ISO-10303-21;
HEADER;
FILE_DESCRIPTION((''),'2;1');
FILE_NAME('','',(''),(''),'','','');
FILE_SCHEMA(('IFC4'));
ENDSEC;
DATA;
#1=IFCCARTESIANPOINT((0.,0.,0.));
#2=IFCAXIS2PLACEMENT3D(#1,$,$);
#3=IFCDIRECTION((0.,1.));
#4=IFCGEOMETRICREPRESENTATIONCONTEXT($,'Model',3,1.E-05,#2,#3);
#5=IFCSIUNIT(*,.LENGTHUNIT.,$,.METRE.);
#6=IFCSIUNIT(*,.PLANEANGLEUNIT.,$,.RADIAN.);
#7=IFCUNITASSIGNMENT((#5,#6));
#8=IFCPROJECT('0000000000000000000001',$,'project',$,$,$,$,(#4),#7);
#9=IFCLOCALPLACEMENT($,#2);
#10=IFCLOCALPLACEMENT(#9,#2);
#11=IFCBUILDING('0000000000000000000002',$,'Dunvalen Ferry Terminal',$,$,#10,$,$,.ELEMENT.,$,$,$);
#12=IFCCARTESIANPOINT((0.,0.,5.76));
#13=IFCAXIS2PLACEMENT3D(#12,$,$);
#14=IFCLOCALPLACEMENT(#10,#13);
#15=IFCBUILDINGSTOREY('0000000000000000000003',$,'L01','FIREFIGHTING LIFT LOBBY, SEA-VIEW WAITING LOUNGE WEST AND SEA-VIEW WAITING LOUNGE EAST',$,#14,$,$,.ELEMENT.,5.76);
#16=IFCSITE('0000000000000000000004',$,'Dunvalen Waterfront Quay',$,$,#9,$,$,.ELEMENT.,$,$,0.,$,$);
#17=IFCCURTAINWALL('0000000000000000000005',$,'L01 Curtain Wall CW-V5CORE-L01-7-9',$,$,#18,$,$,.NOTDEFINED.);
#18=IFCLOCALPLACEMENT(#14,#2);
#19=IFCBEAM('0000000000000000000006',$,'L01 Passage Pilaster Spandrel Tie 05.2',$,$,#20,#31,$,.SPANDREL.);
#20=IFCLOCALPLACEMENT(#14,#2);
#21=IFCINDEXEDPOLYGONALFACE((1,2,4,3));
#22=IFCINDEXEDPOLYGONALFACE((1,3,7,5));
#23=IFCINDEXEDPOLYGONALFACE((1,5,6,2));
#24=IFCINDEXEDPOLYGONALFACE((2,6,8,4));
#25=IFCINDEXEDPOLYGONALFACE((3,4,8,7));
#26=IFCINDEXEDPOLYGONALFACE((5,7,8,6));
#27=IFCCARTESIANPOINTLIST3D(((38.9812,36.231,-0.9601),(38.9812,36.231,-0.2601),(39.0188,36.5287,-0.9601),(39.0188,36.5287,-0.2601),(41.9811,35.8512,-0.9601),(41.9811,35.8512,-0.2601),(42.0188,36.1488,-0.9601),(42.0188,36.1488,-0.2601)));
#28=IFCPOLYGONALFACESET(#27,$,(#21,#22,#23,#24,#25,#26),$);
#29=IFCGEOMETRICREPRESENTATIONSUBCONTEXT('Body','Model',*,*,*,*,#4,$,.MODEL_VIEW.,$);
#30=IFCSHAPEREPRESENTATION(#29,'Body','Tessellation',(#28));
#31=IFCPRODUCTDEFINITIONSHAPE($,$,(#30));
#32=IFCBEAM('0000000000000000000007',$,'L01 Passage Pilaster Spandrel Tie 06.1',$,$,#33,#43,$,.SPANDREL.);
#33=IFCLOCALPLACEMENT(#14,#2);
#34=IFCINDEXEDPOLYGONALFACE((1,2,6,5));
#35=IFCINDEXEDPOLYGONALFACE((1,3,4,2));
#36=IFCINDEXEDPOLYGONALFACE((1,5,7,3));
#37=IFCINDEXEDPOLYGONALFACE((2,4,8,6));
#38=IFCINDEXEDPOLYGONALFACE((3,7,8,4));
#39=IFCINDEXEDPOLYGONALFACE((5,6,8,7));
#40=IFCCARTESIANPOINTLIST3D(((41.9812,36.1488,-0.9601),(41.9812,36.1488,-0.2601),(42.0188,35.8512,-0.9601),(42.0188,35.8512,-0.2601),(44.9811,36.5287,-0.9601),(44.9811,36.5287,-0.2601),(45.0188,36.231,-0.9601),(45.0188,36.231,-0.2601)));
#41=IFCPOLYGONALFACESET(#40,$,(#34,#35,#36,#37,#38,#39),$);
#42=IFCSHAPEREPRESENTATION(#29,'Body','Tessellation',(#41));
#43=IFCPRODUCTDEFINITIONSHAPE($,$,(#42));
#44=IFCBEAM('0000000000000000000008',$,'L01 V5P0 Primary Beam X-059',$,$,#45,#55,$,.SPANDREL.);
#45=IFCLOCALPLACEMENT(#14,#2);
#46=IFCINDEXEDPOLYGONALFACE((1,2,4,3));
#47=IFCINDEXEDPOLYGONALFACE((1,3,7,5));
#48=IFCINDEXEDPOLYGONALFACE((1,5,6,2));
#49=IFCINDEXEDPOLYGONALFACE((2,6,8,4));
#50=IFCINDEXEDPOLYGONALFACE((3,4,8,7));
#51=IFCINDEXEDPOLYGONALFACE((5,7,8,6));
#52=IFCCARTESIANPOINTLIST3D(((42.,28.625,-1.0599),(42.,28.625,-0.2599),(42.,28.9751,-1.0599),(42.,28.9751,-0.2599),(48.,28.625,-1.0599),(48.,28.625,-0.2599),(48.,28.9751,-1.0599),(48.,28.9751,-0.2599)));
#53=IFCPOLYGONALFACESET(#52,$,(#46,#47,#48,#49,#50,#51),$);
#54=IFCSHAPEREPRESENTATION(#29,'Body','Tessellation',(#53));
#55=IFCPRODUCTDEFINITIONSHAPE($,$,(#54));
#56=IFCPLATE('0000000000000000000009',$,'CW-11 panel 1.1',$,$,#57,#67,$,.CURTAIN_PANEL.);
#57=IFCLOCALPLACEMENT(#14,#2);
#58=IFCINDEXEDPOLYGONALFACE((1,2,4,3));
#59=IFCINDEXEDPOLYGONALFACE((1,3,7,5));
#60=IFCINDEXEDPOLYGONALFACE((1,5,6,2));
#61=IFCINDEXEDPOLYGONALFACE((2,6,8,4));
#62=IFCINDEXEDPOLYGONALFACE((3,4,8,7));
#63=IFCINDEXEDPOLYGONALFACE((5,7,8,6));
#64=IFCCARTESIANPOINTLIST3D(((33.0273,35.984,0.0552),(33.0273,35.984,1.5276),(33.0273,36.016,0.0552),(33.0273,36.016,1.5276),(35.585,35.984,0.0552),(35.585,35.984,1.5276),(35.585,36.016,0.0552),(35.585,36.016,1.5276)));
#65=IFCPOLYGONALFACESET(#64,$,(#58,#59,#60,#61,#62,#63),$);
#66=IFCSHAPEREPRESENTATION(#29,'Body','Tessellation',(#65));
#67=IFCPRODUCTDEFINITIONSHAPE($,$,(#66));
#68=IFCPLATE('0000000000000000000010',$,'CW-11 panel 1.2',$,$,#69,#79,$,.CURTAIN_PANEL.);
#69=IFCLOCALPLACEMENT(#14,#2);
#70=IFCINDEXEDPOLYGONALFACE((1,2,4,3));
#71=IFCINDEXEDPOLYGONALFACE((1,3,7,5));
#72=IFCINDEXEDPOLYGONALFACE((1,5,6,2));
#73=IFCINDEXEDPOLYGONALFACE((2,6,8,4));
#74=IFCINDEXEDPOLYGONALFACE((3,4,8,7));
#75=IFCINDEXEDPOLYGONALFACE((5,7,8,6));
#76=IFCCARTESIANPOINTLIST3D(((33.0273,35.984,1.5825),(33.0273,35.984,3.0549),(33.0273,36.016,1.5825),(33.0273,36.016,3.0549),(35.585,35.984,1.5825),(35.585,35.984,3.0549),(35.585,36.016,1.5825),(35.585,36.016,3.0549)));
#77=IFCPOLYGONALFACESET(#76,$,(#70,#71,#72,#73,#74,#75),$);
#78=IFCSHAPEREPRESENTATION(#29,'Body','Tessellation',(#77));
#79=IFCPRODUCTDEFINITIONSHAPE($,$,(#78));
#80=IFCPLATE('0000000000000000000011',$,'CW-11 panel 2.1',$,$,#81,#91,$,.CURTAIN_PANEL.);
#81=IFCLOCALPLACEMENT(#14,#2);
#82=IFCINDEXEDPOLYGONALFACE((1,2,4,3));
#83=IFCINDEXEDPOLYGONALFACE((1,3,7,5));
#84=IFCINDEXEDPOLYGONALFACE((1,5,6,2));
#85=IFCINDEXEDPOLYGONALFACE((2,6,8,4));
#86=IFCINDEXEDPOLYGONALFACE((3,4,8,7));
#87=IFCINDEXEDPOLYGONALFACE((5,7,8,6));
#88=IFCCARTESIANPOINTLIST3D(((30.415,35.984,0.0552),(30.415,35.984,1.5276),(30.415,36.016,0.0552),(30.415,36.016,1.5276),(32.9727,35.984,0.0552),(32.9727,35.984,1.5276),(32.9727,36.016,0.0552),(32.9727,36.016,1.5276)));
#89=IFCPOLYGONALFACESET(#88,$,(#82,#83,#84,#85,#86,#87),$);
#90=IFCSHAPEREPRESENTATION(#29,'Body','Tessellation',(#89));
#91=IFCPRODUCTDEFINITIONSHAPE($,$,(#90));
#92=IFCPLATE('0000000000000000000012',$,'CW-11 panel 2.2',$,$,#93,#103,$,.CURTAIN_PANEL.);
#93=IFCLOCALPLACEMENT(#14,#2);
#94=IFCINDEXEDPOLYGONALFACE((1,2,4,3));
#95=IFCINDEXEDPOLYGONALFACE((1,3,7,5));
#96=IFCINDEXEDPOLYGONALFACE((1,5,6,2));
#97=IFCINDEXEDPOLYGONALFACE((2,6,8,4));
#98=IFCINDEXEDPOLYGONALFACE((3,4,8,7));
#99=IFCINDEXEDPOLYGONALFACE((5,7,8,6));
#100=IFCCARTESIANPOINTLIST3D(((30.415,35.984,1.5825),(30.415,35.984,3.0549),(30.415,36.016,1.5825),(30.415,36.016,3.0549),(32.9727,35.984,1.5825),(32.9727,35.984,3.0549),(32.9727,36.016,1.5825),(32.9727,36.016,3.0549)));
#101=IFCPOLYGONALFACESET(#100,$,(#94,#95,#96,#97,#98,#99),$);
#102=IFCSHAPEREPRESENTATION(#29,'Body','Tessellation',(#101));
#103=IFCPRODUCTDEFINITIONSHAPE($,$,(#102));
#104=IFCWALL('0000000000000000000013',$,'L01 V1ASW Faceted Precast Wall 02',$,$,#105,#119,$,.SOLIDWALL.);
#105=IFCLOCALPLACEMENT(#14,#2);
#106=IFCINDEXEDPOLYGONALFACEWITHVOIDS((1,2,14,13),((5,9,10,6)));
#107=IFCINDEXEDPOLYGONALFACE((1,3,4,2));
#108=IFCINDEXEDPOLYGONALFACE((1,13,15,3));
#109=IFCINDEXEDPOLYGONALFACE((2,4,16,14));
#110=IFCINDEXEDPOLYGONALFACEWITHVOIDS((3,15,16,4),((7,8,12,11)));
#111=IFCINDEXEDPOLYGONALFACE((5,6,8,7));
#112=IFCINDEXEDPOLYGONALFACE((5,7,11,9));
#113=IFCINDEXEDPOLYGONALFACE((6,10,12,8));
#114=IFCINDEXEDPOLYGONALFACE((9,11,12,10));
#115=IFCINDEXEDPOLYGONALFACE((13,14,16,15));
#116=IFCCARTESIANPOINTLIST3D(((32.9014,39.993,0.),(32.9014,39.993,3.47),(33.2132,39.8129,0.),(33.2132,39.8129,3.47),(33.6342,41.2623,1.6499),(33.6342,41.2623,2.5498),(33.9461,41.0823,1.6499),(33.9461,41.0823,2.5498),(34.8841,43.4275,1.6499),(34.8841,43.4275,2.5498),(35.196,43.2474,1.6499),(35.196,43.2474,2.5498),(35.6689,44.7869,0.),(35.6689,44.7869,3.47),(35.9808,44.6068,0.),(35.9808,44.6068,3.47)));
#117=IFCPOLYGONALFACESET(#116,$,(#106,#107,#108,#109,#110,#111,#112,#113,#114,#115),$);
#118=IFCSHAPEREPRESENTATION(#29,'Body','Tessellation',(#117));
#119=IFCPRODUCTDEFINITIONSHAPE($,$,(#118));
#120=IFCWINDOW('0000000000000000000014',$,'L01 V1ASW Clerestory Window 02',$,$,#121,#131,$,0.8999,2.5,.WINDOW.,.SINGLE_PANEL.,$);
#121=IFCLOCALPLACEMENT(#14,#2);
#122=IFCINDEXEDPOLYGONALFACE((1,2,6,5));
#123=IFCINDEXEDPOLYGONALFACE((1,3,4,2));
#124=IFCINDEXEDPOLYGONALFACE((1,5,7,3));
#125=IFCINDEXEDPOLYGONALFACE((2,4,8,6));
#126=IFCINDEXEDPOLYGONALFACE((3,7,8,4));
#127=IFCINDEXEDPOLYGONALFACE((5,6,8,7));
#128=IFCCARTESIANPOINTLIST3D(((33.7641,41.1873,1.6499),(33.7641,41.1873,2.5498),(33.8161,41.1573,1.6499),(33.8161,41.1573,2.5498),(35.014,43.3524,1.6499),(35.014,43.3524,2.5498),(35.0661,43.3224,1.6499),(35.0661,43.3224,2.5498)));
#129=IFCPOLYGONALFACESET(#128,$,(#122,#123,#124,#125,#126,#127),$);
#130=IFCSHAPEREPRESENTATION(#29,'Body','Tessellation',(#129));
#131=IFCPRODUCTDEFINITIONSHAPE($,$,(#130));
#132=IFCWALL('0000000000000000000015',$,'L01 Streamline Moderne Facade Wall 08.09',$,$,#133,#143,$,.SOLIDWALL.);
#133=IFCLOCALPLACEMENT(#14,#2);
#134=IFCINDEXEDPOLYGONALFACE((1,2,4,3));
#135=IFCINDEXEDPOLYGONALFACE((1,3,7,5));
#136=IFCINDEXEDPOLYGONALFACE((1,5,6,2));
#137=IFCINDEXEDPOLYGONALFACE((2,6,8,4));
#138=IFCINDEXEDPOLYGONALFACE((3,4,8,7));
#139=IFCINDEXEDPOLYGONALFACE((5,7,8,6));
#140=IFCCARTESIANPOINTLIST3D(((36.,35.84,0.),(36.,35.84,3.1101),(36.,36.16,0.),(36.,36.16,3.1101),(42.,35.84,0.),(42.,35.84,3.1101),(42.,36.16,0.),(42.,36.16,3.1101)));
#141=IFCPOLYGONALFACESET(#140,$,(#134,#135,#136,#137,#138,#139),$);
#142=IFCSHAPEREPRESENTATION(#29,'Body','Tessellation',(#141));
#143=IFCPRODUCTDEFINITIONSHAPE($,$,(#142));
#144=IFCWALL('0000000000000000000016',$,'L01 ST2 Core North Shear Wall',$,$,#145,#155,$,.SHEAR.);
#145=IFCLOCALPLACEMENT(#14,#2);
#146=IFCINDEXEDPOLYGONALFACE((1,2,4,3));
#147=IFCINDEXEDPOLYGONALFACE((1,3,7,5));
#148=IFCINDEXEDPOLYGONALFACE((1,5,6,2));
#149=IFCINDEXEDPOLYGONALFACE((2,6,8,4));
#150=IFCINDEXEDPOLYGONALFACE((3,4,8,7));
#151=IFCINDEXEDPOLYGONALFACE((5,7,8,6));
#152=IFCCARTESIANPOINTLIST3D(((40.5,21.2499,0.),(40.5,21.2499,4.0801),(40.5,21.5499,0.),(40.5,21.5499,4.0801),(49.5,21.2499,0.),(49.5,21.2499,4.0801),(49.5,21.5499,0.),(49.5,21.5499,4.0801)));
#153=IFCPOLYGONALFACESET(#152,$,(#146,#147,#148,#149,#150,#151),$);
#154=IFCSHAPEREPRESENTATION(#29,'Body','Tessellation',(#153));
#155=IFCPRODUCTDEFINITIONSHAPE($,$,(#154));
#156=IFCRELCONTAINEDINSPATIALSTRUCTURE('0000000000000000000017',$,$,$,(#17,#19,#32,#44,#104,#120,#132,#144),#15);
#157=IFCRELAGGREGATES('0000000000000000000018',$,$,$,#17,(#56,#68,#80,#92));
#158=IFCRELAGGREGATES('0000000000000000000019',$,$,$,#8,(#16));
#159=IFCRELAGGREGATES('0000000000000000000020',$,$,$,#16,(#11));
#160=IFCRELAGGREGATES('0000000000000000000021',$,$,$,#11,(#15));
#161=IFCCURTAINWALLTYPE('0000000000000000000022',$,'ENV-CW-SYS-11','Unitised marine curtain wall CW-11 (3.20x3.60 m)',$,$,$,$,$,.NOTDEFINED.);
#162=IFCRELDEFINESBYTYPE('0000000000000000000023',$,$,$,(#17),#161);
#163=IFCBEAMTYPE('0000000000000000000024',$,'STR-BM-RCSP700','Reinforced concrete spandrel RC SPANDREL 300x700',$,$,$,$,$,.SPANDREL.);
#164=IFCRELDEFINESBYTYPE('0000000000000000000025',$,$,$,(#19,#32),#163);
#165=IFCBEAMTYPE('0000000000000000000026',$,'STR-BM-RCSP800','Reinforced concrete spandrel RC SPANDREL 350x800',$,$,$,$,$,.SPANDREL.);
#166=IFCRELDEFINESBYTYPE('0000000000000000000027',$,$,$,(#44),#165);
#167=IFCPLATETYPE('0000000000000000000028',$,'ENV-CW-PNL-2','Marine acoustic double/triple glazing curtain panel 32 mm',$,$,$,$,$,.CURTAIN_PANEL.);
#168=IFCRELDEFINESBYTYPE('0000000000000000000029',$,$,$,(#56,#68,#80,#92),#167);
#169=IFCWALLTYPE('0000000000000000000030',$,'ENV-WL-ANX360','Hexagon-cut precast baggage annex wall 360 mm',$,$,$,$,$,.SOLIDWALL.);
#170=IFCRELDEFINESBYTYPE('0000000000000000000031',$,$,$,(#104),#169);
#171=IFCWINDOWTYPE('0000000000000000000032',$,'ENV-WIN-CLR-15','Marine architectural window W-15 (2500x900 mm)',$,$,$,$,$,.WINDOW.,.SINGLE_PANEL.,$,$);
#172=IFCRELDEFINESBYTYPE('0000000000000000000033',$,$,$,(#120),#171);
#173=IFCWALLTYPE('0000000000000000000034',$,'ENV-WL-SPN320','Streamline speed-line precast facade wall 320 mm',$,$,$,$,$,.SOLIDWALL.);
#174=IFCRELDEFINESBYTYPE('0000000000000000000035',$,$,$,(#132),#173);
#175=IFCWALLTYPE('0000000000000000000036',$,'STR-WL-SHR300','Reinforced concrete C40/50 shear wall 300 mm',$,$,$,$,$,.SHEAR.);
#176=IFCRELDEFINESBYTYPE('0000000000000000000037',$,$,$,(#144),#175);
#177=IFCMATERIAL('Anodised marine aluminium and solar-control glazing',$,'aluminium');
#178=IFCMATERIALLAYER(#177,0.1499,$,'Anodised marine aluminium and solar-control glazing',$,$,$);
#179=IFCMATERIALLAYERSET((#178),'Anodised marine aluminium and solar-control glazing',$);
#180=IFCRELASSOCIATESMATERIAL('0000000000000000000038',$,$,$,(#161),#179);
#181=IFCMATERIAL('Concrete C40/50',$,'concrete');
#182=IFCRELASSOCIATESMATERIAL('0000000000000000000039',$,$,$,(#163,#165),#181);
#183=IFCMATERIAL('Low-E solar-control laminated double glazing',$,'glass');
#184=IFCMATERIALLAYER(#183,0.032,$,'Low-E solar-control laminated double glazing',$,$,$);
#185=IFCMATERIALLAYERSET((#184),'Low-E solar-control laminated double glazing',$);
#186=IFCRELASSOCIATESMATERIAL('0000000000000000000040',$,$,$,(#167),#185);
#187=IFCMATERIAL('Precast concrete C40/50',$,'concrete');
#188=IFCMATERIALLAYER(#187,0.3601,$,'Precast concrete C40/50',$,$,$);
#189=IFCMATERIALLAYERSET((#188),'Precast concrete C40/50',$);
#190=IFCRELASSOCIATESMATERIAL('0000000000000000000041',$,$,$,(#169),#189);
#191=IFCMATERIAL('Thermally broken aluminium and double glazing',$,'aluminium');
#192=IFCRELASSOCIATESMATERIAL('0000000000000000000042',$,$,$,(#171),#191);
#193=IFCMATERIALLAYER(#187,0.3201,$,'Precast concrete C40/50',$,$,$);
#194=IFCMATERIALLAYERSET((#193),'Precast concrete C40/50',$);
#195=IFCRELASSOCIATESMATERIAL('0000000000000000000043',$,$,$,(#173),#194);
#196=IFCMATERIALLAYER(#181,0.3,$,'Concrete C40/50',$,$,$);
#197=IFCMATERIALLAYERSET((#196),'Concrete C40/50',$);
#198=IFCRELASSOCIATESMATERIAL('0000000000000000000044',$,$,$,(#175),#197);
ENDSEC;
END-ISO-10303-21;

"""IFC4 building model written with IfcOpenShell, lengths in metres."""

from ifc_helpers import new_model, si_unit, direction, frame, frame_2d, origin, origin_2d, place, context, subcontext, project, spatial, rectangle, extrude, material, layer, layer_set, material_profile, profile_set, type_object, element, fill, aggregate, save


model = new_model("IFC4")

# Units and contexts
model_context = context("Model", 3, precision=1e-05, world=origin(), true_north=direction((0.0, 1.0)))
body_context = subcontext(model_context, "Body", "Model", "MODEL_VIEW")
ifc_project = project(units=[si_unit("LENGTHUNIT", "METRE"), si_unit("PLANEANGLEUNIT", "RADIAN")], contexts=[model_context])

# Site, building, storey
site_placement = place(None, origin())
site = spatial("IfcSite", under=ifc_project, at=site_placement, Name="Dunvalen Waterfront Quay", CompositionType="ELEMENT", RefElevation=0.0)
building_placement = place(site_placement, origin())
building = spatial("IfcBuilding", under=site, at=building_placement, Name="Dunvalen Ferry Terminal", CompositionType="ELEMENT")
storey_placement = place(building_placement, frame((0.0, 0.0, 5.76)))
storey = spatial("IfcBuildingStorey", under=building, at=storey_placement, Name="L01", Description="FIREFIGHTING LIFT LOBBY, SEA-VIEW WAITING LOUNGE WEST AND SEA-VIEW WAITING LOUNGE EAST", CompositionType="ELEMENT", Elevation=5.76)

# Shared definitions
ifc_material_1 = material(Name="Concrete C40/50", Category="concrete")

# Shared definitions
ifc_material_2 = material(Name="Anodised marine aluminium and solar-control glazing", Category="aluminium")
ifc_layer_1 = layer(ifc_material_2, 0.1499, Name="Anodised marine aluminium and solar-control glazing")
ifc_layer_set_1 = layer_set([ifc_layer_1], Name="Anodised marine aluminium and solar-control glazing")
curtain_wall_type = type_object("IfcCurtainWallType", Name="ENV-CW-SYS-11", Description="Unitised marine curtain wall CW-11 (3.20x3.60 m)", PredefinedType="NOTDEFINED", material=ifc_layer_set_1)

# Curtain wall
curtain_wall_1_placement = place(storey_placement, origin())
curtain_wall_1 = element("IfcCurtainWall", 1, at=curtain_wall_1_placement, inside=storey, type_object=curtain_wall_type, Name="L01 Curtain Wall CW-V5CORE-L01-7-9", PredefinedType="NOTDEFINED")

# Beams
ifc_material_profile_1 = material_profile(ifc_material_1, rectangle(XDim=0.3, YDim=0.7, at=origin_2d()), Name="Concrete C40/50")
ifc_profile_set_1 = profile_set([ifc_material_profile_1], Name="Concrete C40/50")
beam_type_1 = type_object("IfcBeamType", Name="STR-BM-RCSP700", Description="Reinforced concrete spandrel RC SPANDREL 300x700", PredefinedType="SPANDREL", material=ifc_profile_set_1)
for number, where, z_axis, x_axis, name in (
    (2, (39.0, 36.3799, -0.6101), (0.992078, -0.125624, 0.0), (0.125624, 0.992078, 0.0), "L01 Passage Pilaster Spandrel Tie 05.2"),
    (3, (42.0, 36.0, -0.6101), (0.992078, 0.125624, 0.0), (-0.125624, 0.992078, 0.0), "L01 Passage Pilaster Spandrel Tie 06.1"),
):
    element("IfcBeam", number, at=place(storey_placement, frame(where, z_axis=z_axis, x_axis=x_axis)), inside=storey, type_object=beam_type_1, Name=name, PredefinedType="SPANDREL", context=body_context, shape_type="SweptSolid", body=[
        extrude(rectangle(XDim=0.3, YDim=0.7, at=origin_2d()), origin(), (0.0, 0.0, 1.0), 3.0239),
    ])
ifc_material_profile_2 = material_profile(ifc_material_1, rectangle(XDim=0.3501, YDim=0.8, at=origin_2d()), Name="Concrete C40/50")
ifc_profile_set_2 = profile_set([ifc_material_profile_2], Name="Concrete C40/50")
beam_type_2 = type_object("IfcBeamType", Name="STR-BM-RCSP800", Description="Reinforced concrete spandrel RC SPANDREL 350x800", PredefinedType="SPANDREL", material=ifc_profile_set_2)
beam_1_placement = place(storey_placement, frame((42.0, 28.8, -0.6599), z_axis=(1.0, 0.0, 0.0), x_axis=(0.0, 1.0, 0.0)))
element("IfcBeam", 4, at=beam_1_placement, inside=storey, type_object=beam_type_2, Name="L01 V5P0 Primary Beam X-059", PredefinedType="SPANDREL", context=body_context, shape_type="SweptSolid", body=[
    extrude(rectangle(XDim=0.3501, YDim=0.8, at=origin_2d()), origin(), (0.0, 0.0, 1.0), 6.0),
])

# Plates
ifc_material_3 = material(Name="Low-E solar-control laminated double glazing", Category="glass")
ifc_layer_2 = layer(ifc_material_3, 0.032, Name="Low-E solar-control laminated double glazing")
ifc_layer_set_2 = layer_set([ifc_layer_2], Name="Low-E solar-control laminated double glazing")
plate_type = type_object("IfcPlateType", Name="ENV-CW-PNL-2", Description="Marine acoustic double/triple glazing curtain panel 32 mm", PredefinedType="CURTAIN_PANEL", material=ifc_layer_set_2)
plate_1_placement = place(storey_placement, frame((34.3062, 36.0, 0.0552), z_axis=(0.0, 0.0, 1.0), x_axis=(-1.0, 0.0, 0.0)))
plate_1 = element("IfcPlate", 5, at=plate_1_placement, type_object=plate_type, Name="CW-11 panel 1.1", PredefinedType="CURTAIN_PANEL", context=body_context, shape_type="SweptSolid", body=[
    extrude(rectangle(XDim=2.5576, YDim=0.032, at=origin_2d()), origin(), (0.0, 0.0, 1.0), 1.4724),
])
plate_2_placement = place(storey_placement, frame((34.3062, 36.0, 1.5825), z_axis=(0.0, 0.0, 1.0), x_axis=(-1.0, 0.0, 0.0)))
plate_2 = element("IfcPlate", 6, at=plate_2_placement, type_object=plate_type, Name="CW-11 panel 1.2", PredefinedType="CURTAIN_PANEL", context=body_context, shape_type="SweptSolid", body=[
    extrude(rectangle(XDim=2.5576, YDim=0.032, at=origin_2d()), origin(), (0.0, 0.0, 1.0), 1.4724),
])
plate_3_placement = place(storey_placement, frame((31.6938, 36.0, 0.0552), z_axis=(0.0, 0.0, 1.0), x_axis=(-1.0, 0.0, 0.0)))
plate_3 = element("IfcPlate", 7, at=plate_3_placement, type_object=plate_type, Name="CW-11 panel 2.1", PredefinedType="CURTAIN_PANEL", context=body_context, shape_type="SweptSolid", body=[
    extrude(rectangle(XDim=2.5576, YDim=0.032, at=origin_2d()), origin(), (0.0, 0.0, 1.0), 1.4724),
])
plate_4_placement = place(storey_placement, frame((31.6938, 36.0, 1.5825), z_axis=(0.0, 0.0, 1.0), x_axis=(-1.0, 0.0, 0.0)))
plate_4 = element("IfcPlate", 8, at=plate_4_placement, type_object=plate_type, Name="CW-11 panel 2.2", PredefinedType="CURTAIN_PANEL", context=body_context, shape_type="SweptSolid", body=[
    extrude(rectangle(XDim=2.5576, YDim=0.032, at=origin_2d()), origin(), (0.0, 0.0, 1.0), 1.4724),
])
aggregate(curtain_wall_1, [plate_1, plate_2, plate_3, plate_4])

# Wall, opening, window
ifc_material_4 = material(Name="Precast concrete C40/50", Category="concrete")
ifc_layer_3 = layer(ifc_material_4, 0.3601, Name="Precast concrete C40/50")
ifc_layer_set_3 = layer_set([ifc_layer_3], Name="Precast concrete C40/50")
wall_type_1 = type_object("IfcWallType", Name="ENV-WL-ANX360", Description="Hexagon-cut precast baggage annex wall 360 mm", PredefinedType="SOLIDWALL", material=ifc_layer_set_3)
wall_1_placement = place(storey_placement, frame((33.0574, 39.9031, 0.0), z_axis=(0.0, 0.0, 1.0), x_axis=(0.499972, 0.866042, 0.0)))
wall_1 = element("IfcWall", 9, at=wall_1_placement, inside=storey, type_object=wall_type_1, Name="L01 V1ASW Faceted Precast Wall 02", PredefinedType="SOLIDWALL", context=body_context, shape_type="SweptSolid", body=[
    extrude(rectangle(XDim=5.5354, YDim=0.3601, at=frame_2d((2.7676, 0.0))), origin(), (0.0, 0.0, 1.0), 3.47),
])
opening_placement = place(wall_1_placement, frame((1.4656, 0.0, 1.6499)))
opening = element("IfcOpeningElement", 10, at=opening_placement, cuts=wall_1, PredefinedType="OPENING", context=body_context, shape_type="SweptSolid", body=[
    extrude(rectangle(XDim=2.5, YDim=0.8999, at=frame_2d((1.25, 0.45))), frame((0.0, 0.1899, 0.0), z_axis=(0.0, -1.0, 0.0), x_axis=(1.0, 0.0, 0.0)), (0.0, 0.0, 1.0), 0.3801),
])
ifc_material_5 = material(Name="Thermally broken aluminium and double glazing", Category="aluminium")
window_type = type_object("IfcWindowType", Name="ENV-WIN-CLR-15", Description="Marine architectural window W-15 (2500x900 mm)", PartitioningType="SINGLE_PANEL", PredefinedType="WINDOW", material=ifc_material_5)
window_placement = place(opening_placement, origin())
window = element("IfcWindow", 11, at=window_placement, inside=storey, type_object=window_type, Name="L01 V1ASW Clerestory Window 02", OverallHeight=0.8999, OverallWidth=2.5, PartitioningType="SINGLE_PANEL", PredefinedType="WINDOW", context=body_context, shape_type="SweptSolid", body=[
    extrude(rectangle(XDim=2.5, YDim=0.8999, at=frame_2d((1.25, 0.45))), frame((0.0, 0.03, 0.0), z_axis=(0.0, -1.0, 0.0), x_axis=(1.0, 0.0, 0.0)), (0.0, 0.0, 1.0), 0.0601),
])
fill(opening, window)

# Walls
ifc_layer_4 = layer(ifc_material_4, 0.3201, Name="Precast concrete C40/50")
ifc_layer_set_4 = layer_set([ifc_layer_4], Name="Precast concrete C40/50")
wall_type_2 = type_object("IfcWallType", Name="ENV-WL-SPN320", Description="Streamline speed-line precast facade wall 320 mm", PredefinedType="SOLIDWALL", material=ifc_layer_set_4)
wall_2_placement = place(storey_placement, frame((42.0, 36.0, 0.0), z_axis=(0.0, 0.0, 1.0), x_axis=(-1.0, 0.0, 0.0)))
element("IfcWall", 12, at=wall_2_placement, inside=storey, type_object=wall_type_2, Name="L01 Streamline Moderne Facade Wall 08.09", PredefinedType="SOLIDWALL", context=body_context, shape_type="SweptSolid", body=[
    extrude(rectangle(XDim=6.0, YDim=0.3201, at=frame_2d((3.0, 0.0))), origin(), (0.0, 0.0, 1.0), 3.1101),
])
ifc_layer_5 = layer(ifc_material_1, 0.3, Name="Concrete C40/50")
ifc_layer_set_5 = layer_set([ifc_layer_5], Name="Concrete C40/50")
wall_type_3 = type_object("IfcWallType", Name="STR-WL-SHR300", Description="Reinforced concrete C40/50 shear wall 300 mm", PredefinedType="SHEAR", material=ifc_layer_set_5)
wall_3_placement = place(storey_placement, frame((40.5, 21.3999, 0.0), z_axis=(0.0, 0.0, 1.0), x_axis=(1.0, 0.0, 0.0)))
element("IfcWall", 13, at=wall_3_placement, inside=storey, type_object=wall_type_3, Name="L01 ST2 Core North Shear Wall", PredefinedType="SHEAR", context=body_context, shape_type="SweptSolid", body=[
    extrude(rectangle(XDim=9.0, YDim=0.3, at=frame_2d((4.5, 0.0))), origin(), (0.0, 0.0, 1.0), 4.0801),
])

save(model, "model.ifc")
